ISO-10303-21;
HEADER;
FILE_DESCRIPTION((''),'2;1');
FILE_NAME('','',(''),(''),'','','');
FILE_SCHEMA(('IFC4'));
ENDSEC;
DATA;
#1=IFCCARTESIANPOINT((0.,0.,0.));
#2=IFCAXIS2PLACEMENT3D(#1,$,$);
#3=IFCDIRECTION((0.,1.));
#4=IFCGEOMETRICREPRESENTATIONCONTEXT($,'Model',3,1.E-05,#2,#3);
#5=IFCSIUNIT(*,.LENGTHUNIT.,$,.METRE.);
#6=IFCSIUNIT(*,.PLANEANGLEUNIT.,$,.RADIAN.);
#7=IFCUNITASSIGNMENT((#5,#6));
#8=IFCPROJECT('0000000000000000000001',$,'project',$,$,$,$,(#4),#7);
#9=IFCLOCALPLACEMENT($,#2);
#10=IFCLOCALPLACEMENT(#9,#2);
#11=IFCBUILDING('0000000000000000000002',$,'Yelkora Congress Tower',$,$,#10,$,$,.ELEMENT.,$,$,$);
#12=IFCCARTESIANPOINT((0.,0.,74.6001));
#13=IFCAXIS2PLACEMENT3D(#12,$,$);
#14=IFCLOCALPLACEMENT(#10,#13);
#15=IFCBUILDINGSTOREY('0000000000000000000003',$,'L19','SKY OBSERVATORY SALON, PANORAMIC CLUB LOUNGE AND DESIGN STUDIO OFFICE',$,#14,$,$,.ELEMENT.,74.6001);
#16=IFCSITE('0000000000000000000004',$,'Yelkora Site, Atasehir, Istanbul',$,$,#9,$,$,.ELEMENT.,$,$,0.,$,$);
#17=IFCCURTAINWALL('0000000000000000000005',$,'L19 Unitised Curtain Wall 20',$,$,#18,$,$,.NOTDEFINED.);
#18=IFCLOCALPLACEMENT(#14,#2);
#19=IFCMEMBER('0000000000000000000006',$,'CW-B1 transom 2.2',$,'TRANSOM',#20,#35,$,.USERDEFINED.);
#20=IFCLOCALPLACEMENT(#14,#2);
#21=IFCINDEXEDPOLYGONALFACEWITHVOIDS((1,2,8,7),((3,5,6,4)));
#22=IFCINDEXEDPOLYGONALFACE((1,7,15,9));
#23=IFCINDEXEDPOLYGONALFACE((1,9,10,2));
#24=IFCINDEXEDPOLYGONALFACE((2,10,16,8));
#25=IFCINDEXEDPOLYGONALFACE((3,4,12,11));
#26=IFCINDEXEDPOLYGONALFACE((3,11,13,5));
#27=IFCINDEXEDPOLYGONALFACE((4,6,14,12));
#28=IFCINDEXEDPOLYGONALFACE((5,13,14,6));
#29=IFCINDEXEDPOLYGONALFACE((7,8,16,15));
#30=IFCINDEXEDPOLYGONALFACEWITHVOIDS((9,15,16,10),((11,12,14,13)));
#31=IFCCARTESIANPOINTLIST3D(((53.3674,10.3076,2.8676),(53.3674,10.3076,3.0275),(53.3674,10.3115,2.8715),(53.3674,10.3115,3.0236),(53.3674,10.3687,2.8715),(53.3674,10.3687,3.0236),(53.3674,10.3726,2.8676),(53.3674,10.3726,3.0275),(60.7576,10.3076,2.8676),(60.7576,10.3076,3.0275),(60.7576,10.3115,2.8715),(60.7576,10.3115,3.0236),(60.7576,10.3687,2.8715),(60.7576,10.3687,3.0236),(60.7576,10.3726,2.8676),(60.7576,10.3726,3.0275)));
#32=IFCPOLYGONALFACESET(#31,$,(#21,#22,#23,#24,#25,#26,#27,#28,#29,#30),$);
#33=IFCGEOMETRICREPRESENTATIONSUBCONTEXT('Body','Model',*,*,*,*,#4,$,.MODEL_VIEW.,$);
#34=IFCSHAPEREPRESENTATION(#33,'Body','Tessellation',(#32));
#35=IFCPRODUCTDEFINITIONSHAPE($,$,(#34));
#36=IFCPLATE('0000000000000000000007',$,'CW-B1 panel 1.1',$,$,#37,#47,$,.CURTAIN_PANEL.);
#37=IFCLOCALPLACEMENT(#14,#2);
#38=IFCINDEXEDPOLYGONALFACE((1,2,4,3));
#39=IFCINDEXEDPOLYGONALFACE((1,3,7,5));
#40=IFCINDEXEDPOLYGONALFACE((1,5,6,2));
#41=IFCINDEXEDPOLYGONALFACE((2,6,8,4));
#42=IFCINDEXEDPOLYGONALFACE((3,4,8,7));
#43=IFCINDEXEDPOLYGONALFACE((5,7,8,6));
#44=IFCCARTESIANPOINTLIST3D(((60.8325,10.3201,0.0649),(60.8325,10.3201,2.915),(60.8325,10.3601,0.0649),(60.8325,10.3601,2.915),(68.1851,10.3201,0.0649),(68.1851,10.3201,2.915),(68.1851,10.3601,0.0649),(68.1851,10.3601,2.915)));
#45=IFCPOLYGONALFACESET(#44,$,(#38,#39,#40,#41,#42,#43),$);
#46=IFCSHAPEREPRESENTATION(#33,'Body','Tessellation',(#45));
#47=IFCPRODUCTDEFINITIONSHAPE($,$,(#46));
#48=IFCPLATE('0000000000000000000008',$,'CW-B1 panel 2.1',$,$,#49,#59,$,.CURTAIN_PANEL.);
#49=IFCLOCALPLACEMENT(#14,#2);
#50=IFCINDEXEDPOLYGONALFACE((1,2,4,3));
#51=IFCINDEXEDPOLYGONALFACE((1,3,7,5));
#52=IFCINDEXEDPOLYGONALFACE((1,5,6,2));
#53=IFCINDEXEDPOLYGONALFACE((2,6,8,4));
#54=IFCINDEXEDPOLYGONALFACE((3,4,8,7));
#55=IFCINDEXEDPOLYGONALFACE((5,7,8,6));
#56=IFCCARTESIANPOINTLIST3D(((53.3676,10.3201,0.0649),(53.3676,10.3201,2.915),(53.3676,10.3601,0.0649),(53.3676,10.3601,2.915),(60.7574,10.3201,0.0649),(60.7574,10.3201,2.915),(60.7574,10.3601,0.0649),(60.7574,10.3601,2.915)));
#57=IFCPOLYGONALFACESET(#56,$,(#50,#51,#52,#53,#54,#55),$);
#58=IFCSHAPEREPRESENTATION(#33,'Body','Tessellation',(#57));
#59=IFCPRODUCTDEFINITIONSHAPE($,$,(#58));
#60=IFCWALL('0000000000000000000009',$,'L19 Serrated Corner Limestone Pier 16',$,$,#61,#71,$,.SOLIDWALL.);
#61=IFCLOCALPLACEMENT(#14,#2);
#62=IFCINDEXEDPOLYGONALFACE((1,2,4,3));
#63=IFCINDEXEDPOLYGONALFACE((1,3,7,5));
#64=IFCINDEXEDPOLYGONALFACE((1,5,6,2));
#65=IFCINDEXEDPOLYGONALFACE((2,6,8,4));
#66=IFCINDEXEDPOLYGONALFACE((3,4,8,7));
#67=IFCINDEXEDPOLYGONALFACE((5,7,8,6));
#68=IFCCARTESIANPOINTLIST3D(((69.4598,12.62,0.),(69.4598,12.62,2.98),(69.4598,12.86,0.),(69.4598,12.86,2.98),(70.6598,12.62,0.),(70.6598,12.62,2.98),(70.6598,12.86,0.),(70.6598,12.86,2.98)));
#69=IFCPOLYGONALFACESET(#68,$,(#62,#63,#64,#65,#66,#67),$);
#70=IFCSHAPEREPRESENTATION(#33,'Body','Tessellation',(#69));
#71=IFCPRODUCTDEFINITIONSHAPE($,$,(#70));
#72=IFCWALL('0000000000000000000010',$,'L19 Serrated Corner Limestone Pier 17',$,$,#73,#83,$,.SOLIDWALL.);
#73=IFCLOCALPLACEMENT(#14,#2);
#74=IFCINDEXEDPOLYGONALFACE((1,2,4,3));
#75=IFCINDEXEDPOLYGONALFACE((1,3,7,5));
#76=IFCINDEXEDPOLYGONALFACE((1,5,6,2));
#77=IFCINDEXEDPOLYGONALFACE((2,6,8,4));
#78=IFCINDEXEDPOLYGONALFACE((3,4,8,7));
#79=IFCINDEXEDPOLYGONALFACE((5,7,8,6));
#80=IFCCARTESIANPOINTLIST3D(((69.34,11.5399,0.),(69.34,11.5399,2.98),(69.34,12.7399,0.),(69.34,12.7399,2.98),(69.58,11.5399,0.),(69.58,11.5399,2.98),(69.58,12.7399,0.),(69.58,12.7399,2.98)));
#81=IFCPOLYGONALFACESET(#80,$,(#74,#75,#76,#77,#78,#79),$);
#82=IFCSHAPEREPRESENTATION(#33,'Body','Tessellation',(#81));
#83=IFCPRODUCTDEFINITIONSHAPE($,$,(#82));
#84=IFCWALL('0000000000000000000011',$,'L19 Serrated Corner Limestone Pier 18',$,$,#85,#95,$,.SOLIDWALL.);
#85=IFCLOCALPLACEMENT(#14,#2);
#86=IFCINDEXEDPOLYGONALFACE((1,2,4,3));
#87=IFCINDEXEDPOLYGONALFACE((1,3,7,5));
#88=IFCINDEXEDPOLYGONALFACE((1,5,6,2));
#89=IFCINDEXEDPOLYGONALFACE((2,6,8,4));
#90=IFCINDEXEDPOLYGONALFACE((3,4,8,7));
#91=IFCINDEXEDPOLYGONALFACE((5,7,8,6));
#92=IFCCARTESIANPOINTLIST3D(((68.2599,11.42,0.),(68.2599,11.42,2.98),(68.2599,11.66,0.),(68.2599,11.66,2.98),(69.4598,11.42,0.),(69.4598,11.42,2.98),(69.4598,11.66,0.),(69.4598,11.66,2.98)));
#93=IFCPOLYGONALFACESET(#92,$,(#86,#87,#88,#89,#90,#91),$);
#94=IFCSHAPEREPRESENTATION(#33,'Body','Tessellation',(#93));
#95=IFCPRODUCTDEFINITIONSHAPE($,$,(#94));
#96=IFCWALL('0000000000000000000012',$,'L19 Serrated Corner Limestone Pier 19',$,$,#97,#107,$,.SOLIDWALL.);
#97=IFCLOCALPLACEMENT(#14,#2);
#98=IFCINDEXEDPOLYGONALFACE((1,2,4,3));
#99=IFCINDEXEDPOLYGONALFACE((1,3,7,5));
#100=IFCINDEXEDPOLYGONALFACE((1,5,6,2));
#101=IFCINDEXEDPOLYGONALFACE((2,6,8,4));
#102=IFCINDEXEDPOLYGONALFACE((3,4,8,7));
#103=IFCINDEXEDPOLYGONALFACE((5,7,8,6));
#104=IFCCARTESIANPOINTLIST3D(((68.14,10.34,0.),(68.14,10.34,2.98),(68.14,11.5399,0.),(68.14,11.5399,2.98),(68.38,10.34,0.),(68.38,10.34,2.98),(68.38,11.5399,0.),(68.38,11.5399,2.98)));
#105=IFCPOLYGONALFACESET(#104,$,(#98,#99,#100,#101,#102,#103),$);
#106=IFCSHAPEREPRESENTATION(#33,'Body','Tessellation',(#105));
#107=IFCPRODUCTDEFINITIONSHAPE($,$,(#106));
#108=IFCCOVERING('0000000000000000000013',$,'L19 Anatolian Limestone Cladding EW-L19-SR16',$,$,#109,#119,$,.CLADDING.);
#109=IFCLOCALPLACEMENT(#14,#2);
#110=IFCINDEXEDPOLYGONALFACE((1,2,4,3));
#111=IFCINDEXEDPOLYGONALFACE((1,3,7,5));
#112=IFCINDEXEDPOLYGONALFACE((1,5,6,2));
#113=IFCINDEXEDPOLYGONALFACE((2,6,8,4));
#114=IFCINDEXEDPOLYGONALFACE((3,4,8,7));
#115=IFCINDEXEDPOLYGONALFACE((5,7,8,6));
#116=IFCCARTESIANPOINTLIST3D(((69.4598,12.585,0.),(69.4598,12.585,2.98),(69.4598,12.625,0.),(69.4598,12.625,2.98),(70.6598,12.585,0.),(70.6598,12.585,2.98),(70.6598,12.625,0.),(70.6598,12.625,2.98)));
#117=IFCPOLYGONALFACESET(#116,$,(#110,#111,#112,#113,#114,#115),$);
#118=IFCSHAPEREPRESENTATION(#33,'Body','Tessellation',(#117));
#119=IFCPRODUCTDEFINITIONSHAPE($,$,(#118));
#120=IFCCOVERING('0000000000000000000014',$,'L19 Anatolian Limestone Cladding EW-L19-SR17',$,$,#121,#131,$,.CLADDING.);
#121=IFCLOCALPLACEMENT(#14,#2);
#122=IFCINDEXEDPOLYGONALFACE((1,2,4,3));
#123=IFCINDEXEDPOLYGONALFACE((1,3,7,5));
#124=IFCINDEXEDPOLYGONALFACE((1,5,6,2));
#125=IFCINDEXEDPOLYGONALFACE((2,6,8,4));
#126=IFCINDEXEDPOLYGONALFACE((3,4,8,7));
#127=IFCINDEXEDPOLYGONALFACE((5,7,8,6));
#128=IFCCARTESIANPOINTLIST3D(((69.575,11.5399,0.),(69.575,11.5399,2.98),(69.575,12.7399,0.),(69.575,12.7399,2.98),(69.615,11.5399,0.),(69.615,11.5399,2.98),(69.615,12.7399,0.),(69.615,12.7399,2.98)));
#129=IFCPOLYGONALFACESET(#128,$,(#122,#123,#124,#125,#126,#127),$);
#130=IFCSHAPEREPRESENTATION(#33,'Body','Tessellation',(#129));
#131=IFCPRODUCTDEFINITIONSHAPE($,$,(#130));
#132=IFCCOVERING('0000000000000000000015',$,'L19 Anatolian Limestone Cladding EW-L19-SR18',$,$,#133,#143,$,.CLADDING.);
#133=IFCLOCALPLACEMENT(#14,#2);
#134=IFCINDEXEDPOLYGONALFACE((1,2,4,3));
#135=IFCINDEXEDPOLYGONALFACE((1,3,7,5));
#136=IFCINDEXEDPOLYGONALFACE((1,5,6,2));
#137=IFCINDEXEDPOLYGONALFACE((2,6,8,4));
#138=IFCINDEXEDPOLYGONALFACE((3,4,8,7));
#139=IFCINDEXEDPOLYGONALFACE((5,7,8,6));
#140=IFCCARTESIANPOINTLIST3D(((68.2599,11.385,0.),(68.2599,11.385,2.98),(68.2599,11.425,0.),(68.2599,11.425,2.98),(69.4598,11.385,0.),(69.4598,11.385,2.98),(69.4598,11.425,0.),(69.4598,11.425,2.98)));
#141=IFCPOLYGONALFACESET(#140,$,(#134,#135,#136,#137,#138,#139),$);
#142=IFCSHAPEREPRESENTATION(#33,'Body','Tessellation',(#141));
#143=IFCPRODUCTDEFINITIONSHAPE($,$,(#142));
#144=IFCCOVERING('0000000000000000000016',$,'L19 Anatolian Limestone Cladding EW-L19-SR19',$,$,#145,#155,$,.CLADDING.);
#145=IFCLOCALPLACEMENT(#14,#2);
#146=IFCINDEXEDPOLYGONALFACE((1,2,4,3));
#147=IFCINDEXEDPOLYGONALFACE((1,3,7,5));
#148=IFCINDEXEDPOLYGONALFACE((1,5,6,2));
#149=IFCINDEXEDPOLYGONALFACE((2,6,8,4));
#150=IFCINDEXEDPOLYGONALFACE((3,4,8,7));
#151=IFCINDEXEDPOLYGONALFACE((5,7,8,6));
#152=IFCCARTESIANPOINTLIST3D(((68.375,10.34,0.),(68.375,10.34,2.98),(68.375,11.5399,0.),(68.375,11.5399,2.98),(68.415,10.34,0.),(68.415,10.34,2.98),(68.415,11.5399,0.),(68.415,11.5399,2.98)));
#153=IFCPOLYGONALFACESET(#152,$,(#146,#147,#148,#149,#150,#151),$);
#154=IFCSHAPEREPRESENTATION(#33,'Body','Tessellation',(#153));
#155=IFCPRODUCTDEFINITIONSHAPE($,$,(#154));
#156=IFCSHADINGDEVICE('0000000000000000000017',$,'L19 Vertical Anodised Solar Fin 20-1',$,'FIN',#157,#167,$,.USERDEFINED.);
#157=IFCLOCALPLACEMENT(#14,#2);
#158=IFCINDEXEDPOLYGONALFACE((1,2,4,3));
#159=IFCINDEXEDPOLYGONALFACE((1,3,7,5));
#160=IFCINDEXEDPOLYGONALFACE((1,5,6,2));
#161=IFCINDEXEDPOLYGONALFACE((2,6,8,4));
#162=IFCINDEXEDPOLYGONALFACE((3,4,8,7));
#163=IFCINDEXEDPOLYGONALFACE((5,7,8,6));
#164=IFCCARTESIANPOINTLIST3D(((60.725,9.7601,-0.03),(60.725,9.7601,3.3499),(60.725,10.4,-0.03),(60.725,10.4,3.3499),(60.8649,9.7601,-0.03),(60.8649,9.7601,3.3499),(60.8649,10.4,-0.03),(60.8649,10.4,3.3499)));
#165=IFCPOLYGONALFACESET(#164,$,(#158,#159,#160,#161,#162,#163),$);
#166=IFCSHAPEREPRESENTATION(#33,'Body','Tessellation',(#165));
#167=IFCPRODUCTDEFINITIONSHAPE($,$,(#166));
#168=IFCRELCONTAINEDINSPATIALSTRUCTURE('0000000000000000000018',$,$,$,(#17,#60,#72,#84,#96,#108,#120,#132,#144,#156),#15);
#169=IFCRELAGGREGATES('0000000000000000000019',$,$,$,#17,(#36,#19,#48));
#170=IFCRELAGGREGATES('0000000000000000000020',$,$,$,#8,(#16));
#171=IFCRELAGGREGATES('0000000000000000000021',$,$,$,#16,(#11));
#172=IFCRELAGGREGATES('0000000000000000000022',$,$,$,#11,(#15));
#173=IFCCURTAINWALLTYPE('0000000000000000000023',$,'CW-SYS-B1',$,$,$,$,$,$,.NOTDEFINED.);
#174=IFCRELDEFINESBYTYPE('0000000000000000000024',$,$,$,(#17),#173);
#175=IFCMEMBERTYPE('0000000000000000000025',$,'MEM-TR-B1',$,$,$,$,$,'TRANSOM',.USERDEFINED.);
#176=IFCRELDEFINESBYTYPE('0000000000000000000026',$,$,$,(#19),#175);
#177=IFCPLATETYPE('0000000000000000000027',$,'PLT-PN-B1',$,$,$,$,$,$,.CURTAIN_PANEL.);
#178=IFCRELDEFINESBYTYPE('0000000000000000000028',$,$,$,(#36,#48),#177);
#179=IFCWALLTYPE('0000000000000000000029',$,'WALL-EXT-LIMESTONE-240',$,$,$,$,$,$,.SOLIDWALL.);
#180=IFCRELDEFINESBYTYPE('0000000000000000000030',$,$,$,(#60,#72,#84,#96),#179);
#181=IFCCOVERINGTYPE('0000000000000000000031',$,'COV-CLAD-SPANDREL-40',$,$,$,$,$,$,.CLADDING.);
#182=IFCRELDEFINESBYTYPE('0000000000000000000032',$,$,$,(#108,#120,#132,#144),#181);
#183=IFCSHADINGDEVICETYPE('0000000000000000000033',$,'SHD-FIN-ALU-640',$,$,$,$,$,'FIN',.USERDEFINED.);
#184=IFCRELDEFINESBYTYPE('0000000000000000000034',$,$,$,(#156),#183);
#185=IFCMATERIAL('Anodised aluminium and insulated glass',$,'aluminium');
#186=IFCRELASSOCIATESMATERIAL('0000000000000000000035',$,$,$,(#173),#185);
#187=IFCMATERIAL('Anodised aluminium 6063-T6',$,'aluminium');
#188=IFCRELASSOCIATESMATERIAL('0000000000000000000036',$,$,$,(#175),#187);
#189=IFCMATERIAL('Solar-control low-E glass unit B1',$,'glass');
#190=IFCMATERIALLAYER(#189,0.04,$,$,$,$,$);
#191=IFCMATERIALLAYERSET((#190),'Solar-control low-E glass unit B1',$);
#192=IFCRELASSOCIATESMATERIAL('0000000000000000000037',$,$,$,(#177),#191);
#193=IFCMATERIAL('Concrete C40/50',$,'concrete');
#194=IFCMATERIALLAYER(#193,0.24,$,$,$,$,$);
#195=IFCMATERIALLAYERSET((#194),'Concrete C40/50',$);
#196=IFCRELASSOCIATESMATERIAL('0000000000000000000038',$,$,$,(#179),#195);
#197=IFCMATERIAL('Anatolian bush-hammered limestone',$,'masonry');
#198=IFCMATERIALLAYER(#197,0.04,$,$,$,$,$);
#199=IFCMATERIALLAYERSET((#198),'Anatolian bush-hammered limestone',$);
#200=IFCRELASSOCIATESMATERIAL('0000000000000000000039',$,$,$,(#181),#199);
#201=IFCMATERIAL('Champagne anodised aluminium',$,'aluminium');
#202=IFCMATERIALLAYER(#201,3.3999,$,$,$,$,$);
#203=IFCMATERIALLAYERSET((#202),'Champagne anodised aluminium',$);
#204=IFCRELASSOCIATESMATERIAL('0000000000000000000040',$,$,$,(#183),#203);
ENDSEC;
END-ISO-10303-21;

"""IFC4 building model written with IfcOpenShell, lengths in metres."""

from ifc_helpers import new_model, si_unit, direction, frame, frame_2d, origin, origin_2d, place, context, subcontext, project, spatial, rectangle, hollow_rectangle, extrude, material, layer, layer_set, material_profile, profile_set, type_object, element, aggregate, save


model = new_model("IFC4")

# Units and contexts
model_context = context("Model", 3, precision=1e-05, world=origin(), true_north=direction((0.0, 1.0)))
body_context = subcontext(model_context, "Body", "Model", "MODEL_VIEW")
ifc_project = project(units=[si_unit("LENGTHUNIT", "METRE"), si_unit("PLANEANGLEUNIT", "RADIAN")], contexts=[model_context])

# Site, building, storey
site_placement = place(None, origin())
site = spatial("IfcSite", under=ifc_project, at=site_placement, Name="Yelkora Site, Atasehir, Istanbul", CompositionType="ELEMENT", RefElevation=0.0)
building_placement = place(site_placement, origin())
building = spatial("IfcBuilding", under=site, at=building_placement, Name="Yelkora Congress Tower", CompositionType="ELEMENT")
storey_placement = place(building_placement, frame((0.0, 0.0, 74.6001)))
storey = spatial("IfcBuildingStorey", under=building, at=storey_placement, Name="L19", Description="SKY OBSERVATORY SALON, PANORAMIC CLUB LOUNGE AND DESIGN STUDIO OFFICE", CompositionType="ELEMENT", Elevation=74.6001)

# Curtain wall, member, plates
ifc_material_1 = material(Name="Anodised aluminium and insulated glass", Category="aluminium")
curtain_wall_type = type_object("IfcCurtainWallType", Name="CW-SYS-B1", PredefinedType="NOTDEFINED", material=ifc_material_1)
curtain_wall_placement = place(storey_placement, origin())
curtain_wall = element("IfcCurtainWall", 1, at=curtain_wall_placement, inside=storey, type_object=curtain_wall_type, Name="L19 Unitised Curtain Wall 20", PredefinedType="NOTDEFINED")
ifc_material_2 = material(Name="Anodised aluminium 6063-T6", Category="aluminium")
ifc_material_profile_1 = material_profile(ifc_material_2, hollow_rectangle(XDim=0.0649, YDim=0.1599, WallThickness=0.0039, at=origin_2d()), Name="ALU 65x160x4")
ifc_profile_set_1 = profile_set([ifc_material_profile_1], Name="Anodised aluminium 6063-T6")
member_type_1 = type_object("IfcMemberType", Name="MEM-TR-B1", ElementType="TRANSOM", PredefinedType="USERDEFINED", material=ifc_profile_set_1)
member_1_placement = place(storey_placement, frame((60.7576, 10.3401, 2.9475), z_axis=(-1.0, 0.0, 0.0), x_axis=(0.0, -1.0, 0.0)))
member_1 = element("IfcMember", 2, at=member_1_placement, type_object=member_type_1, Name="CW-B1 transom 2.2", ObjectType="TRANSOM", PredefinedType="USERDEFINED", context=body_context, shape_type="SweptSolid", body=[
    extrude(hollow_rectangle(XDim=0.0649, YDim=0.1599, WallThickness=0.0039, at=origin_2d()), origin(), (0.0, 0.0, 1.0), 7.3901),
])
ifc_material_3 = material(Name="Solar-control low-E glass unit B1", Category="glass")
ifc_layer_1 = layer(ifc_material_3, 0.04)
ifc_layer_set_1 = layer_set([ifc_layer_1], Name="Solar-control low-E glass unit B1")
plate_type = type_object("IfcPlateType", Name="PLT-PN-B1", PredefinedType="CURTAIN_PANEL", material=ifc_layer_set_1)
plate_1_placement = place(storey_placement, frame((64.5088, 10.3401, 0.0649), z_axis=(0.0, 0.0, 1.0), x_axis=(-1.0, 0.0, 0.0)))
plate_1 = element("IfcPlate", 3, at=plate_1_placement, type_object=plate_type, Name="CW-B1 panel 1.1", PredefinedType="CURTAIN_PANEL", context=body_context, shape_type="SweptSolid", body=[
    extrude(rectangle(XDim=7.3525, YDim=0.04, at=origin_2d()), origin(), (0.0, 0.0, 1.0), 2.8501),
])
plate_2_placement = place(storey_placement, frame((57.0625, 10.3401, 0.0649), z_axis=(0.0, 0.0, 1.0), x_axis=(-1.0, 0.0, 0.0)))
plate_2 = element("IfcPlate", 4, at=plate_2_placement, type_object=plate_type, Name="CW-B1 panel 2.1", PredefinedType="CURTAIN_PANEL", context=body_context, shape_type="SweptSolid", body=[
    extrude(rectangle(XDim=7.3899, YDim=0.04, at=origin_2d()), origin(), (0.0, 0.0, 1.0), 2.8501),
])
aggregate(curtain_wall, [plate_1, member_1, plate_2])

# Walls
ifc_material_4 = material(Name="Concrete C40/50", Category="concrete")
ifc_layer_2 = layer(ifc_material_4, 0.24)
ifc_layer_set_2 = layer_set([ifc_layer_2], Name="Concrete C40/50")
wall_type = type_object("IfcWallType", Name="WALL-EXT-LIMESTONE-240", PredefinedType="SOLIDWALL", material=ifc_layer_set_2)
for number, where, z_axis, x_axis, name in (
    (5, (70.6599, 12.74, 0.0), (0.0, 0.0, 1.0), (-1.0, 0.0, 0.0), "L19 Serrated Corner Limestone Pier 16"),
    (6, (69.46, 12.74, 0.0), (0.0, 0.0, 1.0), (0.0, -1.0, 0.0), "L19 Serrated Corner Limestone Pier 17"),
    (7, (69.46, 11.54, 0.0), (0.0, 0.0, 1.0), (-1.0, 0.0, 0.0), "L19 Serrated Corner Limestone Pier 18"),
    (8, (68.26, 11.54, 0.0), (0.0, 0.0, 1.0), (0.0, -1.0, 0.0), "L19 Serrated Corner Limestone Pier 19"),
):
    element("IfcWall", number, at=place(storey_placement, frame(where, z_axis=z_axis, x_axis=x_axis)), inside=storey, type_object=wall_type, Name=name, PredefinedType="SOLIDWALL", context=body_context, shape_type="SweptSolid", body=[
        extrude(rectangle(XDim=1.2, YDim=0.24, at=frame_2d((0.6001, 0.0))), origin(), (0.0, 0.0, 1.0), 2.98),
    ])

# Coverings
ifc_material_5 = material(Name="Anatolian bush-hammered limestone", Category="masonry")
ifc_layer_3 = layer(ifc_material_5, 0.04)
ifc_layer_set_3 = layer_set([ifc_layer_3], Name="Anatolian bush-hammered limestone")
covering_type = type_object("IfcCoveringType", Name="COV-CLAD-SPANDREL-40", PredefinedType="CLADDING", material=ifc_layer_set_3)
for number, where, z_axis, x_axis, name in (
    (9, (70.6599, 12.605, 0.0), (0.0, 0.0, 1.0), (-1.0, 0.0, 0.0), "L19 Anatolian Limestone Cladding EW-L19-SR16"),
    (10, (69.595, 12.74, 0.0), (0.0, 0.0, 1.0), (0.0, -1.0, 0.0), "L19 Anatolian Limestone Cladding EW-L19-SR17"),
    (11, (69.46, 11.405, 0.0), (0.0, 0.0, 1.0), (-1.0, 0.0, 0.0), "L19 Anatolian Limestone Cladding EW-L19-SR18"),
    (12, (68.395, 11.54, 0.0), (0.0, 0.0, 1.0), (0.0, -1.0, 0.0), "L19 Anatolian Limestone Cladding EW-L19-SR19"),
):
    element("IfcCovering", number, at=place(storey_placement, frame(where, z_axis=z_axis, x_axis=x_axis)), inside=storey, type_object=covering_type, Name=name, PredefinedType="CLADDING", context=body_context, shape_type="SweptSolid", body=[
        extrude(rectangle(XDim=1.2, YDim=0.04, at=frame_2d((0.6001, 0.0))), origin(), (0.0, 0.0, 1.0), 2.98),
    ])

# Shading device
ifc_material_6 = material(Name="Champagne anodised aluminium", Category="aluminium")
ifc_layer_4 = layer(ifc_material_6, 3.3999)
ifc_layer_set_4 = layer_set([ifc_layer_4], Name="Champagne anodised aluminium")
shading_device_type = type_object("IfcShadingDeviceType", Name="SHD-FIN-ALU-640", ElementType="FIN", PredefinedType="USERDEFINED", material=ifc_layer_set_4)
shading_device_placement = place(storey_placement, frame((60.7949, 10.0801, -0.03), z_axis=(0.0, 0.0, 1.0), x_axis=(-1.0, 0.0, 0.0)))
element("IfcShadingDevice", 13, at=shading_device_placement, inside=storey, type_object=shading_device_type, Name="L19 Vertical Anodised Solar Fin 20-1", ObjectType="FIN", PredefinedType="USERDEFINED", context=body_context, shape_type="SweptSolid", body=[
    extrude(rectangle(XDim=0.1399, YDim=0.6399, at=origin_2d()), origin(), (0.0, 0.0, 1.0), 3.3799),
])

save(model, "model.ifc")
